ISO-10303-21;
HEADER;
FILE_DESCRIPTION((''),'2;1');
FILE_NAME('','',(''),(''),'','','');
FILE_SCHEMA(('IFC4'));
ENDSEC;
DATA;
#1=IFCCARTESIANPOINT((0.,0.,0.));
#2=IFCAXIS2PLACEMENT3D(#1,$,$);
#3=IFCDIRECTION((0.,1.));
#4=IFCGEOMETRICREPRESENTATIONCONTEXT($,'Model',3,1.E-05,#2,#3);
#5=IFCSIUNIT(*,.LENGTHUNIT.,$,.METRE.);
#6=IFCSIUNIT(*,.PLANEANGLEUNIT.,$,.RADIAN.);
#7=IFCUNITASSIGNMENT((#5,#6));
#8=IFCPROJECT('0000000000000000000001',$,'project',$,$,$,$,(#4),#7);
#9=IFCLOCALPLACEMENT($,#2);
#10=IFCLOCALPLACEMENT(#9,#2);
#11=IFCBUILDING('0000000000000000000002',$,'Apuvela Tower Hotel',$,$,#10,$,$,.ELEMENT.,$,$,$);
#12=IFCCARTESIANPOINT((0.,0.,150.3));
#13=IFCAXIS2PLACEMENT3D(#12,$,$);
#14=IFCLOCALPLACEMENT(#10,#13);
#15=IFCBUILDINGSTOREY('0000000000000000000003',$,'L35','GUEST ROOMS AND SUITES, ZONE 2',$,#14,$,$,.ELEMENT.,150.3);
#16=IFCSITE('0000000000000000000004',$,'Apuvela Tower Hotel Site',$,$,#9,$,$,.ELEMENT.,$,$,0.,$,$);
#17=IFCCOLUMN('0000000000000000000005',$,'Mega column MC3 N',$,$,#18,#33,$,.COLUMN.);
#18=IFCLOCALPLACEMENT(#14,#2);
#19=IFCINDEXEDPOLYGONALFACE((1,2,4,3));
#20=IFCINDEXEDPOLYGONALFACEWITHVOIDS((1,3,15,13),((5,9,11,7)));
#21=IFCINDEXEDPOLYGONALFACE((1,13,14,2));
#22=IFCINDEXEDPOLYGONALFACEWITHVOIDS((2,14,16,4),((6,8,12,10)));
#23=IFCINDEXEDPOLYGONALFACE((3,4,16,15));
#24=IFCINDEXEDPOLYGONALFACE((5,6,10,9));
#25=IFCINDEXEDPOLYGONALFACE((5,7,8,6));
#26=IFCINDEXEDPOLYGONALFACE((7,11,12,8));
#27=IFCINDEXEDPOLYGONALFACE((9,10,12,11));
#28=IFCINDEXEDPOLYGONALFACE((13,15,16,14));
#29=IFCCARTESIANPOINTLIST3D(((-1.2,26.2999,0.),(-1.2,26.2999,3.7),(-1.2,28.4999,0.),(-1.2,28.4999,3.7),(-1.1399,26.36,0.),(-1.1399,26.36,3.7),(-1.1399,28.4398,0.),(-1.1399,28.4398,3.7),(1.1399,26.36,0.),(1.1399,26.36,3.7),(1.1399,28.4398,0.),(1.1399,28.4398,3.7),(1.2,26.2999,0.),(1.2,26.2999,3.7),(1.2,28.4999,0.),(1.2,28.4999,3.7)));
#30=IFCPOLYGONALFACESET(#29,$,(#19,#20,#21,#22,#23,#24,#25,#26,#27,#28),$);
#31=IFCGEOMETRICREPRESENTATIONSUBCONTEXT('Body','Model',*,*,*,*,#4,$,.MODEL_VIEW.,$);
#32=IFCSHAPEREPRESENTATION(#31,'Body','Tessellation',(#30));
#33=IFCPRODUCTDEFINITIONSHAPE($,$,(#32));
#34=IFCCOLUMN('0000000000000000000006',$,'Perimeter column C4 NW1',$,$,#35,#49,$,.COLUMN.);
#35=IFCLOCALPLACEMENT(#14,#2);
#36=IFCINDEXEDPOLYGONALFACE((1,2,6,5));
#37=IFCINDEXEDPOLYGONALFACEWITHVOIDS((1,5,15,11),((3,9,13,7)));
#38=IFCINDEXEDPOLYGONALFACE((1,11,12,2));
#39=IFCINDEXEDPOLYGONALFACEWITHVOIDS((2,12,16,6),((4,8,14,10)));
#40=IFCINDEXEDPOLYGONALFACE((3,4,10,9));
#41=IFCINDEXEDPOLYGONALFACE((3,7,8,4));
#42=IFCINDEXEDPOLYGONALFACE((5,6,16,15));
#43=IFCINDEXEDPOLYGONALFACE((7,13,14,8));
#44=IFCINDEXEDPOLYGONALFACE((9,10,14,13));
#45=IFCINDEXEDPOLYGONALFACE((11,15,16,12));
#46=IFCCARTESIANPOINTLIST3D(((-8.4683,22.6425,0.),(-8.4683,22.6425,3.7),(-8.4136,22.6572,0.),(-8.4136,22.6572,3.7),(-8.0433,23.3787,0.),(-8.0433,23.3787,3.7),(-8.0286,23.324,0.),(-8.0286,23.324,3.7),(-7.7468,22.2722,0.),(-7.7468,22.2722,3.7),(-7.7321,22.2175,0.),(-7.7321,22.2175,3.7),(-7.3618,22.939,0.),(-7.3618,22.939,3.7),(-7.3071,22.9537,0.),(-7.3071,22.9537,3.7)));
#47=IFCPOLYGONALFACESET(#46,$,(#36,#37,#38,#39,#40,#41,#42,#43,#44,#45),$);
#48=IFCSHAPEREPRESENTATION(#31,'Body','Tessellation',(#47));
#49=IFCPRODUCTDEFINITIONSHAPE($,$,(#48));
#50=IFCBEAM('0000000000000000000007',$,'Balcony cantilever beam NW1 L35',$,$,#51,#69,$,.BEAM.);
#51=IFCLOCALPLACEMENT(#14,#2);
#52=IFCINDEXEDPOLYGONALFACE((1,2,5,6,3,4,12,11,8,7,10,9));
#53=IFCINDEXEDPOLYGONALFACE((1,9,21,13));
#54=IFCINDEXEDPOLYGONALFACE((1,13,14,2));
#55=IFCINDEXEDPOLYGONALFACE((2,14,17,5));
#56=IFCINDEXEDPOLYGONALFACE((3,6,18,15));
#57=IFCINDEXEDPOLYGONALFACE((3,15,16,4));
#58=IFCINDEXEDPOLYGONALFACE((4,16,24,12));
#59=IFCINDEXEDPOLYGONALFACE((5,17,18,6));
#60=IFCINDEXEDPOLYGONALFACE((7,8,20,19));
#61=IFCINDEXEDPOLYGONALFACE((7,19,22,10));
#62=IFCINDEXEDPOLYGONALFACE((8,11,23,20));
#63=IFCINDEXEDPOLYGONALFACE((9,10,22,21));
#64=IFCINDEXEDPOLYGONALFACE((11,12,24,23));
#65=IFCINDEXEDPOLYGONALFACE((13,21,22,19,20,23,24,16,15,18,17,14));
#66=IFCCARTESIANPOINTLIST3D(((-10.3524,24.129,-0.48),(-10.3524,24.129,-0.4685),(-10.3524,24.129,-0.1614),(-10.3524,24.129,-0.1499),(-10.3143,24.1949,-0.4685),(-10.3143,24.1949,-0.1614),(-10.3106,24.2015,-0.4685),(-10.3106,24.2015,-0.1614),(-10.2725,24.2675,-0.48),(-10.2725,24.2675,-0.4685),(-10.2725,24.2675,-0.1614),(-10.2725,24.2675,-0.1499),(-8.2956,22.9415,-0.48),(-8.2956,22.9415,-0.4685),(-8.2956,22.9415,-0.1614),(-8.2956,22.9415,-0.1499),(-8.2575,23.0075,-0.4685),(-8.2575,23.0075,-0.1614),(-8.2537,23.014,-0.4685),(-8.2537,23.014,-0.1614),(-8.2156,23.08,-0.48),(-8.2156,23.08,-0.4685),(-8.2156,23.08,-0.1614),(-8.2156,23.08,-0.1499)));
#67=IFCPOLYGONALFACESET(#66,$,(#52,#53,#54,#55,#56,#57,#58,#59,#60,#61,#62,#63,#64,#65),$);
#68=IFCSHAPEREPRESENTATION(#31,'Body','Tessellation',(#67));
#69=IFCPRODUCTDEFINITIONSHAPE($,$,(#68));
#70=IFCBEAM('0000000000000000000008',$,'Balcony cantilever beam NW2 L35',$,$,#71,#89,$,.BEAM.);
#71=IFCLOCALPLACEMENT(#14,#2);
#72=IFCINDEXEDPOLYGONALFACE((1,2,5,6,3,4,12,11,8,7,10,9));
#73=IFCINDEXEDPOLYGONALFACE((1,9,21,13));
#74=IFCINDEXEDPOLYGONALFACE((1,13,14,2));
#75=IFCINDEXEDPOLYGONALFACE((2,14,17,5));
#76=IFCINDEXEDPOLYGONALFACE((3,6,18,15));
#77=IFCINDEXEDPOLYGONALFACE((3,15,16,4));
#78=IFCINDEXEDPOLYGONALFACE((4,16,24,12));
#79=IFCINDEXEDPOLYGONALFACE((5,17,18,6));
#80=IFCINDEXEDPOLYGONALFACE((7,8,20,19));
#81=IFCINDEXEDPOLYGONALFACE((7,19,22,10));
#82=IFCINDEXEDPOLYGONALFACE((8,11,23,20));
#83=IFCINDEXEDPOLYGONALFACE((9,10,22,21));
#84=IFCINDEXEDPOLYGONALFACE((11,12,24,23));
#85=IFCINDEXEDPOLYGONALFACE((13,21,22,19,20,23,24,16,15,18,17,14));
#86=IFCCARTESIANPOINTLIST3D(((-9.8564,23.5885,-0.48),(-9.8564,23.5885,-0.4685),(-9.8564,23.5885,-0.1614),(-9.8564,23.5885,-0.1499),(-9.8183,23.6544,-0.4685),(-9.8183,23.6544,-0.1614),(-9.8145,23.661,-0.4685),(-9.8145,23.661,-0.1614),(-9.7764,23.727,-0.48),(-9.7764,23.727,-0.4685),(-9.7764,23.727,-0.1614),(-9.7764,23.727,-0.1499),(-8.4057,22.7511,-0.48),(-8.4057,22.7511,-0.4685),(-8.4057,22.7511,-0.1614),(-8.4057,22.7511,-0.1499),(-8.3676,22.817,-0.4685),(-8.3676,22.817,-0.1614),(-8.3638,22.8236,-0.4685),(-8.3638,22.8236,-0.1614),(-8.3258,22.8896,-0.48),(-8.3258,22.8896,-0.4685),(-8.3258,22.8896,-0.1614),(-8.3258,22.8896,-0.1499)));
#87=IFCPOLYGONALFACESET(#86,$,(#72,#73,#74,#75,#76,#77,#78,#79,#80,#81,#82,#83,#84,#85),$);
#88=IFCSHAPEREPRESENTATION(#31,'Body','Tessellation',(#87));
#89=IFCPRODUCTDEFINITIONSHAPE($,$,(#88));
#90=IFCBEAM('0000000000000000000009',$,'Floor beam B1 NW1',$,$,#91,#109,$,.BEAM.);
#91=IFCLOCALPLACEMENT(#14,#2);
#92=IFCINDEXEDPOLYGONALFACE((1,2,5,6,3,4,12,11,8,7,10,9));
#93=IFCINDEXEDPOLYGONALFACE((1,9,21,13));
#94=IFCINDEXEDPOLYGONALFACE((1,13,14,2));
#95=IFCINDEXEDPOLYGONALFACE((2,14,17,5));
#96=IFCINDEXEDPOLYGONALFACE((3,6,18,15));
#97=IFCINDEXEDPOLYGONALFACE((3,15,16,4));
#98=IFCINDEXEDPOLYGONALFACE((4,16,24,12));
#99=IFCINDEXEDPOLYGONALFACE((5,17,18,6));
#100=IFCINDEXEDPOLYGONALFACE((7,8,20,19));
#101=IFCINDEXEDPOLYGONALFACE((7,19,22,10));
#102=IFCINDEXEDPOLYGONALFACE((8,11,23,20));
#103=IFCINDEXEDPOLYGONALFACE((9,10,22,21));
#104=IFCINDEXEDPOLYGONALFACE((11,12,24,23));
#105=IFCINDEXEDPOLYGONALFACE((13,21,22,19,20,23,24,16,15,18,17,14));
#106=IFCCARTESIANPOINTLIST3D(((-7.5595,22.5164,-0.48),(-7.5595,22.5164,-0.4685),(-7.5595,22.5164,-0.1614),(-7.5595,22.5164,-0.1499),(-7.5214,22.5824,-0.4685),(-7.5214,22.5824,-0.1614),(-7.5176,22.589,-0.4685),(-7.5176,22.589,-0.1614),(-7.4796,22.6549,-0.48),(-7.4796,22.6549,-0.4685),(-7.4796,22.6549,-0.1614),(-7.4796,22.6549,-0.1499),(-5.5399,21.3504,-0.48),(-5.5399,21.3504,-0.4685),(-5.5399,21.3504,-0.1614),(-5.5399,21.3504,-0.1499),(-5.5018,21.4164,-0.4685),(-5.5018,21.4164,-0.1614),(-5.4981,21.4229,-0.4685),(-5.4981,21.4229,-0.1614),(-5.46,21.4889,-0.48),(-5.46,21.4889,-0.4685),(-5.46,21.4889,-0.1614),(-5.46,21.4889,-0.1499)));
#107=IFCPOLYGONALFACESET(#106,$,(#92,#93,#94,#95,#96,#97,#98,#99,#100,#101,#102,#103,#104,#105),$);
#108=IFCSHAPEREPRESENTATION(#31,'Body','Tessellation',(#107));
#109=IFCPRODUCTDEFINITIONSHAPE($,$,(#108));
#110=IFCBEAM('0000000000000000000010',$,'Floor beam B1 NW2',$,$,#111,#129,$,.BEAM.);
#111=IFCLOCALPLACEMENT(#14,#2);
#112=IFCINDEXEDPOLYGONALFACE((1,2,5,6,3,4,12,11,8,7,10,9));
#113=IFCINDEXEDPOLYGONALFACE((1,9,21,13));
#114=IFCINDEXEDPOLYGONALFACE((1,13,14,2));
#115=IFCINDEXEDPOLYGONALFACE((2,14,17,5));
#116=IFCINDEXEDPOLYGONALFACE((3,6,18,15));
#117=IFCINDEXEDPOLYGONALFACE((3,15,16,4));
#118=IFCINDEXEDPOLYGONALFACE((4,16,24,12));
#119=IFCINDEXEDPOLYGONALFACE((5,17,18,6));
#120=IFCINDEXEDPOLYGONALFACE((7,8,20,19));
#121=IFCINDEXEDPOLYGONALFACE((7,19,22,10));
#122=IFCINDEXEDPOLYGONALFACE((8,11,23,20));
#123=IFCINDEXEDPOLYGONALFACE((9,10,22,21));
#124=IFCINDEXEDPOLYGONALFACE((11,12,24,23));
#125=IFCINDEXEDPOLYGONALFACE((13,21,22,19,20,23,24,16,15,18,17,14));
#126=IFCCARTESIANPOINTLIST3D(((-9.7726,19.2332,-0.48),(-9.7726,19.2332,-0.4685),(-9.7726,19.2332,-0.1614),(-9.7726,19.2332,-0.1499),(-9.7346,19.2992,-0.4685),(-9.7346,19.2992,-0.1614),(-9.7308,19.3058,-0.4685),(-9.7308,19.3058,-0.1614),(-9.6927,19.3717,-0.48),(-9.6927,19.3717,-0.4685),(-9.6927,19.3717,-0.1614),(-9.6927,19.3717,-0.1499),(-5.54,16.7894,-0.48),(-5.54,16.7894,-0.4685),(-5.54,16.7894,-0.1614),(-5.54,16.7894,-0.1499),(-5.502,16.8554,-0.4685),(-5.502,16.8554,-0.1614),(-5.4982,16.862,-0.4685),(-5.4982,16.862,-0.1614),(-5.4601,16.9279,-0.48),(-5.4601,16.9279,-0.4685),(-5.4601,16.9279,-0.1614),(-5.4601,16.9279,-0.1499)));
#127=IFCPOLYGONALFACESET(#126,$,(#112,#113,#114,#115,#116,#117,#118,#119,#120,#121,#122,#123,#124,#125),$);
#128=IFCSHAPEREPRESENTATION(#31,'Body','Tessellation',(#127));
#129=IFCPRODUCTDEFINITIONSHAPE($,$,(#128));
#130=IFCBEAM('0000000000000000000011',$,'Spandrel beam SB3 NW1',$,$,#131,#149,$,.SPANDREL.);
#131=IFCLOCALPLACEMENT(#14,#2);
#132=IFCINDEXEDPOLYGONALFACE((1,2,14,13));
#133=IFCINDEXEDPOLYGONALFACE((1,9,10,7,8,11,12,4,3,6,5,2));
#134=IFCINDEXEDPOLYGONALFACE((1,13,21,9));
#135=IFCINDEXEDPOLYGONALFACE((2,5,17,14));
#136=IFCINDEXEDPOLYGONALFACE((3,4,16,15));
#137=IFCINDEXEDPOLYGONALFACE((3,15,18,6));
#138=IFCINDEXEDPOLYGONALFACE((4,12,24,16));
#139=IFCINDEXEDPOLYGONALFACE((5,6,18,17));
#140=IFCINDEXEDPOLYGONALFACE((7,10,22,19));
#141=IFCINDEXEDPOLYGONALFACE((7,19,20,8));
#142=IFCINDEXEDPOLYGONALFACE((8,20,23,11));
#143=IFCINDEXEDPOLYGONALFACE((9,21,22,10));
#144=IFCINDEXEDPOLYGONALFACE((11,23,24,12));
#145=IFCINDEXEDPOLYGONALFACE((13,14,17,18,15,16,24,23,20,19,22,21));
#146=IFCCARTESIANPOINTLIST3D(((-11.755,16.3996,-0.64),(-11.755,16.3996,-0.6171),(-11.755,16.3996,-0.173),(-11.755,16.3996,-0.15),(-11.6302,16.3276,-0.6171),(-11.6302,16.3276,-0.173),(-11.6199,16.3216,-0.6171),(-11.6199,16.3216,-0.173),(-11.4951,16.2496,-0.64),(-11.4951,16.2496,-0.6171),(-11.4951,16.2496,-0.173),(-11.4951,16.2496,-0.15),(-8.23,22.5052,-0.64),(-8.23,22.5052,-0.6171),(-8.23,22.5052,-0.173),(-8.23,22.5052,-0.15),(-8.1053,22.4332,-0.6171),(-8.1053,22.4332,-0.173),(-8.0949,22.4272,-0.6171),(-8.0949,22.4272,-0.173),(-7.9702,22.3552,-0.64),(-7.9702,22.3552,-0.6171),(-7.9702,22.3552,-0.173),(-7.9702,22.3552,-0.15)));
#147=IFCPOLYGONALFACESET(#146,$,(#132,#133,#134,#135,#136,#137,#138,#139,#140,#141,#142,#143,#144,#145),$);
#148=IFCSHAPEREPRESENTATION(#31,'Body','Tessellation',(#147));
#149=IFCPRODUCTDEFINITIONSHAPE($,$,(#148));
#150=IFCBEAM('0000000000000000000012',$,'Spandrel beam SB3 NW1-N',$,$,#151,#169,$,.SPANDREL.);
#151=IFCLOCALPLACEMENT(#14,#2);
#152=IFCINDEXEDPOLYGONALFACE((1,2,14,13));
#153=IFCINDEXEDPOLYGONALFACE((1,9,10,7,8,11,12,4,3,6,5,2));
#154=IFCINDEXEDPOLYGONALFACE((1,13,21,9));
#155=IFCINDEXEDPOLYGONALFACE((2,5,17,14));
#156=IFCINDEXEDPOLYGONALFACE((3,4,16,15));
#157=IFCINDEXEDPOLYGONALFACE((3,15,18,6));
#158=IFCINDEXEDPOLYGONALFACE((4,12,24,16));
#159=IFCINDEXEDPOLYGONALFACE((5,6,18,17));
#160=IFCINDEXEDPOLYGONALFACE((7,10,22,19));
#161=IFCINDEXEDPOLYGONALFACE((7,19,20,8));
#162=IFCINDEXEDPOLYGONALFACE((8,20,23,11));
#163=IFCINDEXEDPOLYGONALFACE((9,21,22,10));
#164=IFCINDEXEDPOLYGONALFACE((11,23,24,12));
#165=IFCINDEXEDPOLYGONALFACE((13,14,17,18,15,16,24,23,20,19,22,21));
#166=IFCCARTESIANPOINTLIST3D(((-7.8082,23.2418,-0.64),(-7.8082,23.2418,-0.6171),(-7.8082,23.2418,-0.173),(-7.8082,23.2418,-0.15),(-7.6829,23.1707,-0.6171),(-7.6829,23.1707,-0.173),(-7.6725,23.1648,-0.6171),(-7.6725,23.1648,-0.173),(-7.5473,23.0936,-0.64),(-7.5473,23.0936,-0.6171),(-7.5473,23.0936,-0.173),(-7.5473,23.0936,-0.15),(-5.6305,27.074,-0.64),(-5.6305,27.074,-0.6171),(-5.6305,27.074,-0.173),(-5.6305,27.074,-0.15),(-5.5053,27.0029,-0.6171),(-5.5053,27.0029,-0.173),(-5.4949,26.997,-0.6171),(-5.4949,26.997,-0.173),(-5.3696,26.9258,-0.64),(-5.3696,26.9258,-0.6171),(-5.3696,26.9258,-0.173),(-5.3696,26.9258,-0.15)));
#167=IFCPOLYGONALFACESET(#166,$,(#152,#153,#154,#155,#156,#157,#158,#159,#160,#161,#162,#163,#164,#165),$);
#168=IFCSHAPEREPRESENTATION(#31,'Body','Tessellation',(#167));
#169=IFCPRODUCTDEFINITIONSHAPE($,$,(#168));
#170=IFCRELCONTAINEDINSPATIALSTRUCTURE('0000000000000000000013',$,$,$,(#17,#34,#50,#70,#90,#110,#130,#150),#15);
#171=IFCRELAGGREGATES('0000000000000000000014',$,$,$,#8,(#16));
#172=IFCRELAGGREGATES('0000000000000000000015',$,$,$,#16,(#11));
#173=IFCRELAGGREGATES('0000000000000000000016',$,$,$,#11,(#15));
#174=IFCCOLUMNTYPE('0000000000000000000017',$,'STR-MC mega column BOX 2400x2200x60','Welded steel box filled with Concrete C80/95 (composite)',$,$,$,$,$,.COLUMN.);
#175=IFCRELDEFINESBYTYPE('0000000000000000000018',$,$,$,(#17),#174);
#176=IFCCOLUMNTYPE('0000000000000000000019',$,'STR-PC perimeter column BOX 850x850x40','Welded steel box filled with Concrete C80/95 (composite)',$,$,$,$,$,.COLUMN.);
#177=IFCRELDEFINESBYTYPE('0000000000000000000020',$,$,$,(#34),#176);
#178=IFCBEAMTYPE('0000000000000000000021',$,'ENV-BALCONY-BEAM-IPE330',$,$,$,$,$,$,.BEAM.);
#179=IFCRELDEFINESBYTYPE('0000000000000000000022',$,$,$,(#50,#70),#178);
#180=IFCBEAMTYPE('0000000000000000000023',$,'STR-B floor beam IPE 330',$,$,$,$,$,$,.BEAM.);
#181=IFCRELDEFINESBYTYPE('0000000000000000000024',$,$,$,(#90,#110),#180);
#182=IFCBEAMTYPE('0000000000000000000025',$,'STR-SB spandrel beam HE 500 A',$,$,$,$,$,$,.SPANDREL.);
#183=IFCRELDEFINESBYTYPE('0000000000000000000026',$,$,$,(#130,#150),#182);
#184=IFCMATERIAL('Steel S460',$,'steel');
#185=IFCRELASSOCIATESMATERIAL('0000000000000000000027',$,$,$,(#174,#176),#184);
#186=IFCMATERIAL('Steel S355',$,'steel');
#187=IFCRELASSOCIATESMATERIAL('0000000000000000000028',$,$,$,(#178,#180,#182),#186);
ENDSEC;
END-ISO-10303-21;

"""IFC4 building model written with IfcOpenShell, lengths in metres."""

from ifc_helpers import new_model, si_unit, direction, frame, origin, origin_2d, place, context, subcontext, project, spatial, rectangle, hollow_rectangle, i_section, extrude, material, material_profile, profile_set, type_object, element, save


model = new_model("IFC4")

# Units and contexts
model_context = context("Model", 3, precision=1e-05, world=origin(), true_north=direction((0.0, 1.0)))
body_context = subcontext(model_context, "Body", "Model", "MODEL_VIEW")
ifc_project = project(units=[si_unit("LENGTHUNIT", "METRE"), si_unit("PLANEANGLEUNIT", "RADIAN")], contexts=[model_context])

# Site, building, storey
site_placement = place(None, origin())
site = spatial("IfcSite", under=ifc_project, at=site_placement, Name="Apuvela Tower Hotel Site", CompositionType="ELEMENT", RefElevation=0.0)
building_placement = place(site_placement, origin())
building = spatial("IfcBuilding", under=site, at=building_placement, Name="Apuvela Tower Hotel", CompositionType="ELEMENT")
storey_placement = place(building_placement, frame((0.0, 0.0, 150.3)))
storey = spatial("IfcBuildingStorey", under=building, at=storey_placement, Name="L35", Description="GUEST ROOMS AND SUITES, ZONE 2", CompositionType="ELEMENT", Elevation=150.3)

# Columns
ifc_material_1 = material(Name="Steel S460", Category="steel")
ifc_material_profile_1 = material_profile(ifc_material_1, hollow_rectangle(XDim=2.3999, YDim=2.2, WallThickness=0.0601, at=origin_2d()), Name="BOX 2400x2200x60")
ifc_material_2 = material(Name="Concrete C80/95", Category="concrete")
ifc_material_profile_2 = material_profile(ifc_material_2, rectangle(XDim=2.28, YDim=2.0801, at=origin_2d()), Name="Concrete C80/95 infill")
ifc_profile_set_1 = profile_set([ifc_material_profile_1, ifc_material_profile_2], Name="Steel S460")
column_type_1 = type_object("IfcColumnType", Name="STR-MC mega column BOX 2400x2200x60", Description="Welded steel box filled with Concrete C80/95 (composite)", PredefinedType="COLUMN", material=ifc_profile_set_1)
column_1_placement = place(storey_placement, frame((0.0, 27.3999, 0.0), z_axis=(0.0, 0.0, 1.0), x_axis=(1.0, 0.0, 0.0)))
element("IfcColumn", 1, at=column_1_placement, inside=storey, type_object=column_type_1, Name="Mega column MC3 N", PredefinedType="COLUMN", context=body_context, shape_type="SweptSolid", body=[
    extrude(hollow_rectangle(XDim=2.3999, YDim=2.2, WallThickness=0.0601, at=origin_2d()), origin(), (0.0, 0.0, 1.0), 3.7),
])
ifc_material_profile_3 = material_profile(ifc_material_1, hollow_rectangle(XDim=0.8501, YDim=0.8501, WallThickness=0.04, at=origin_2d()), Name="BOX 850x850x40")
ifc_material_profile_4 = material_profile(ifc_material_2, rectangle(XDim=0.77, YDim=0.77, at=origin_2d()), Name="Concrete C80/95 infill")
ifc_profile_set_2 = profile_set([ifc_material_profile_3, ifc_material_profile_4], Name="Steel S460")
column_type_2 = type_object("IfcColumnType", Name="STR-PC perimeter column BOX 850x850x40", Description="Welded steel box filled with Concrete C80/95 (composite)", PredefinedType="COLUMN", material=ifc_profile_set_2)
column_2_placement = place(storey_placement, frame((-7.8877, 22.7981, 0.0), z_axis=(0.0, 0.0, 1.0), x_axis=(0.5, 0.866025, 0.0)))
element("IfcColumn", 2, at=column_2_placement, inside=storey, type_object=column_type_2, Name="Perimeter column C4 NW1", PredefinedType="COLUMN", context=body_context, shape_type="SweptSolid", body=[
    extrude(hollow_rectangle(XDim=0.8501, YDim=0.8501, WallThickness=0.04, at=origin_2d()), origin(), (0.0, 0.0, 1.0), 3.7),
])

# Beams
ifc_material_3 = material(Name="Steel S355", Category="steel")
ifc_material_profile_5 = material_profile(ifc_material_3, i_section(OverallWidth=0.1599, OverallDepth=0.3301, WebThickness=0.0076, FlangeThickness=0.0115, at=origin_2d()), Name="IPE 330")
ifc_profile_set_3 = profile_set([ifc_material_profile_5], Name="Steel S355")
beam_type_1 = type_object("IfcBeamType", Name="ENV-BALCONY-BEAM-IPE330", PredefinedType="BEAM", material=ifc_profile_set_3)
beam_1_placement = place(storey_placement, frame((-8.2556, 23.0107, -0.3149), z_axis=(-0.866033, 0.499986, 0.0), x_axis=(-0.499986, -0.866033, 0.0)))
element("IfcBeam", 3, at=beam_1_placement, inside=storey, type_object=beam_type_1, Name="Balcony cantilever beam NW1 L35", PredefinedType="BEAM", context=body_context, shape_type="SweptSolid", body=[
    extrude(i_section(OverallWidth=0.1599, OverallDepth=0.3301, WebThickness=0.0076, FlangeThickness=0.0115, at=origin_2d()), origin(), (0.0, 0.0, 1.0), 2.375),
])
beam_2_placement = place(storey_placement, frame((-8.3657, 22.8203, -0.3149), z_axis=(-0.866064, 0.499933, 0.0), x_axis=(-0.499933, -0.866064, 0.0)))
element("IfcBeam", 4, at=beam_2_placement, inside=storey, type_object=beam_type_1, Name="Balcony cantilever beam NW2 L35", PredefinedType="BEAM", context=body_context, shape_type="SweptSolid", body=[
    extrude(i_section(OverallWidth=0.1599, OverallDepth=0.3301, WebThickness=0.0076, FlangeThickness=0.0115, at=origin_2d()), origin(), (0.0, 0.0, 1.0), 1.675),
])
ifc_material_profile_6 = material_profile(ifc_material_3, i_section(OverallWidth=0.1599, OverallDepth=0.3301, WebThickness=0.0076, FlangeThickness=0.0115, at=origin_2d()), Name="IPE 330")
ifc_profile_set_4 = profile_set([ifc_material_profile_6], Name="Steel S355")
beam_type_2 = type_object("IfcBeamType", Name="STR-B floor beam IPE 330", PredefinedType="BEAM", material=ifc_profile_set_4)
beam_3_placement = place(storey_placement, frame((-7.5195, 22.5857, -0.3149), z_axis=(0.866018, -0.500012, 0.0), x_axis=(0.500012, 0.866018, 0.0)))
element("IfcBeam", 5, at=beam_3_placement, inside=storey, type_object=beam_type_2, Name="Floor beam B1 NW1", PredefinedType="BEAM", context=body_context, shape_type="SweptSolid", body=[
    extrude(i_section(OverallWidth=0.1599, OverallDepth=0.3301, WebThickness=0.0076, FlangeThickness=0.0115, at=origin_2d()), origin(), (0.0, 0.0, 1.0), 2.332),
])
beam_4_placement = place(storey_placement, frame((-9.7327, 19.3025, -0.3149), z_axis=(0.866015, -0.500018, 0.0), x_axis=(0.500018, 0.866015, 0.0)))
element("IfcBeam", 6, at=beam_4_placement, inside=storey, type_object=beam_type_2, Name="Floor beam B1 NW2", PredefinedType="BEAM", context=body_context, shape_type="SweptSolid", body=[
    extrude(i_section(OverallWidth=0.1599, OverallDepth=0.3301, WebThickness=0.0076, FlangeThickness=0.0115, at=origin_2d()), origin(), (0.0, 0.0, 1.0), 4.8875),
])
ifc_material_profile_7 = material_profile(ifc_material_3, i_section(OverallWidth=0.3, OverallDepth=0.49, WebThickness=0.012, FlangeThickness=0.0229, at=origin_2d()), Name="HE 500 A")
ifc_profile_set_5 = profile_set([ifc_material_profile_7], Name="Steel S355")
beam_type_3 = type_object("IfcBeamType", Name="STR-SB spandrel beam HE 500 A", PredefinedType="SPANDREL", material=ifc_profile_set_5)
beam_5_placement = place(storey_placement, frame((-8.1001, 22.4302, -0.395), z_axis=(-0.49999, -0.866031, 0.0), x_axis=(0.866031, -0.49999, 0.0)))
element("IfcBeam", 7, at=beam_5_placement, inside=storey, type_object=beam_type_3, Name="Spandrel beam SB3 NW1", PredefinedType="SPANDREL", context=body_context, shape_type="SweptSolid", body=[
    extrude(i_section(OverallWidth=0.3, OverallDepth=0.49, WebThickness=0.012, FlangeThickness=0.0229, at=origin_2d()), origin(), (0.0, 0.0, 1.0), 7.05),
])
beam_6_placement = place(storey_placement, frame((-7.6777, 23.1677, -0.395), z_axis=(0.494062, 0.869427, 0.0), x_axis=(-0.869427, 0.494062, 0.0)))
element("IfcBeam", 8, at=beam_6_placement, inside=storey, type_object=beam_type_3, Name="Spandrel beam SB3 NW1-N", PredefinedType="SPANDREL", context=body_context, shape_type="SweptSolid", body=[
    extrude(i_section(OverallWidth=0.3, OverallDepth=0.49, WebThickness=0.012, FlangeThickness=0.0229, at=origin_2d()), origin(), (0.0, 0.0, 1.0), 4.4077),
])

save(model, "model.ifc")
